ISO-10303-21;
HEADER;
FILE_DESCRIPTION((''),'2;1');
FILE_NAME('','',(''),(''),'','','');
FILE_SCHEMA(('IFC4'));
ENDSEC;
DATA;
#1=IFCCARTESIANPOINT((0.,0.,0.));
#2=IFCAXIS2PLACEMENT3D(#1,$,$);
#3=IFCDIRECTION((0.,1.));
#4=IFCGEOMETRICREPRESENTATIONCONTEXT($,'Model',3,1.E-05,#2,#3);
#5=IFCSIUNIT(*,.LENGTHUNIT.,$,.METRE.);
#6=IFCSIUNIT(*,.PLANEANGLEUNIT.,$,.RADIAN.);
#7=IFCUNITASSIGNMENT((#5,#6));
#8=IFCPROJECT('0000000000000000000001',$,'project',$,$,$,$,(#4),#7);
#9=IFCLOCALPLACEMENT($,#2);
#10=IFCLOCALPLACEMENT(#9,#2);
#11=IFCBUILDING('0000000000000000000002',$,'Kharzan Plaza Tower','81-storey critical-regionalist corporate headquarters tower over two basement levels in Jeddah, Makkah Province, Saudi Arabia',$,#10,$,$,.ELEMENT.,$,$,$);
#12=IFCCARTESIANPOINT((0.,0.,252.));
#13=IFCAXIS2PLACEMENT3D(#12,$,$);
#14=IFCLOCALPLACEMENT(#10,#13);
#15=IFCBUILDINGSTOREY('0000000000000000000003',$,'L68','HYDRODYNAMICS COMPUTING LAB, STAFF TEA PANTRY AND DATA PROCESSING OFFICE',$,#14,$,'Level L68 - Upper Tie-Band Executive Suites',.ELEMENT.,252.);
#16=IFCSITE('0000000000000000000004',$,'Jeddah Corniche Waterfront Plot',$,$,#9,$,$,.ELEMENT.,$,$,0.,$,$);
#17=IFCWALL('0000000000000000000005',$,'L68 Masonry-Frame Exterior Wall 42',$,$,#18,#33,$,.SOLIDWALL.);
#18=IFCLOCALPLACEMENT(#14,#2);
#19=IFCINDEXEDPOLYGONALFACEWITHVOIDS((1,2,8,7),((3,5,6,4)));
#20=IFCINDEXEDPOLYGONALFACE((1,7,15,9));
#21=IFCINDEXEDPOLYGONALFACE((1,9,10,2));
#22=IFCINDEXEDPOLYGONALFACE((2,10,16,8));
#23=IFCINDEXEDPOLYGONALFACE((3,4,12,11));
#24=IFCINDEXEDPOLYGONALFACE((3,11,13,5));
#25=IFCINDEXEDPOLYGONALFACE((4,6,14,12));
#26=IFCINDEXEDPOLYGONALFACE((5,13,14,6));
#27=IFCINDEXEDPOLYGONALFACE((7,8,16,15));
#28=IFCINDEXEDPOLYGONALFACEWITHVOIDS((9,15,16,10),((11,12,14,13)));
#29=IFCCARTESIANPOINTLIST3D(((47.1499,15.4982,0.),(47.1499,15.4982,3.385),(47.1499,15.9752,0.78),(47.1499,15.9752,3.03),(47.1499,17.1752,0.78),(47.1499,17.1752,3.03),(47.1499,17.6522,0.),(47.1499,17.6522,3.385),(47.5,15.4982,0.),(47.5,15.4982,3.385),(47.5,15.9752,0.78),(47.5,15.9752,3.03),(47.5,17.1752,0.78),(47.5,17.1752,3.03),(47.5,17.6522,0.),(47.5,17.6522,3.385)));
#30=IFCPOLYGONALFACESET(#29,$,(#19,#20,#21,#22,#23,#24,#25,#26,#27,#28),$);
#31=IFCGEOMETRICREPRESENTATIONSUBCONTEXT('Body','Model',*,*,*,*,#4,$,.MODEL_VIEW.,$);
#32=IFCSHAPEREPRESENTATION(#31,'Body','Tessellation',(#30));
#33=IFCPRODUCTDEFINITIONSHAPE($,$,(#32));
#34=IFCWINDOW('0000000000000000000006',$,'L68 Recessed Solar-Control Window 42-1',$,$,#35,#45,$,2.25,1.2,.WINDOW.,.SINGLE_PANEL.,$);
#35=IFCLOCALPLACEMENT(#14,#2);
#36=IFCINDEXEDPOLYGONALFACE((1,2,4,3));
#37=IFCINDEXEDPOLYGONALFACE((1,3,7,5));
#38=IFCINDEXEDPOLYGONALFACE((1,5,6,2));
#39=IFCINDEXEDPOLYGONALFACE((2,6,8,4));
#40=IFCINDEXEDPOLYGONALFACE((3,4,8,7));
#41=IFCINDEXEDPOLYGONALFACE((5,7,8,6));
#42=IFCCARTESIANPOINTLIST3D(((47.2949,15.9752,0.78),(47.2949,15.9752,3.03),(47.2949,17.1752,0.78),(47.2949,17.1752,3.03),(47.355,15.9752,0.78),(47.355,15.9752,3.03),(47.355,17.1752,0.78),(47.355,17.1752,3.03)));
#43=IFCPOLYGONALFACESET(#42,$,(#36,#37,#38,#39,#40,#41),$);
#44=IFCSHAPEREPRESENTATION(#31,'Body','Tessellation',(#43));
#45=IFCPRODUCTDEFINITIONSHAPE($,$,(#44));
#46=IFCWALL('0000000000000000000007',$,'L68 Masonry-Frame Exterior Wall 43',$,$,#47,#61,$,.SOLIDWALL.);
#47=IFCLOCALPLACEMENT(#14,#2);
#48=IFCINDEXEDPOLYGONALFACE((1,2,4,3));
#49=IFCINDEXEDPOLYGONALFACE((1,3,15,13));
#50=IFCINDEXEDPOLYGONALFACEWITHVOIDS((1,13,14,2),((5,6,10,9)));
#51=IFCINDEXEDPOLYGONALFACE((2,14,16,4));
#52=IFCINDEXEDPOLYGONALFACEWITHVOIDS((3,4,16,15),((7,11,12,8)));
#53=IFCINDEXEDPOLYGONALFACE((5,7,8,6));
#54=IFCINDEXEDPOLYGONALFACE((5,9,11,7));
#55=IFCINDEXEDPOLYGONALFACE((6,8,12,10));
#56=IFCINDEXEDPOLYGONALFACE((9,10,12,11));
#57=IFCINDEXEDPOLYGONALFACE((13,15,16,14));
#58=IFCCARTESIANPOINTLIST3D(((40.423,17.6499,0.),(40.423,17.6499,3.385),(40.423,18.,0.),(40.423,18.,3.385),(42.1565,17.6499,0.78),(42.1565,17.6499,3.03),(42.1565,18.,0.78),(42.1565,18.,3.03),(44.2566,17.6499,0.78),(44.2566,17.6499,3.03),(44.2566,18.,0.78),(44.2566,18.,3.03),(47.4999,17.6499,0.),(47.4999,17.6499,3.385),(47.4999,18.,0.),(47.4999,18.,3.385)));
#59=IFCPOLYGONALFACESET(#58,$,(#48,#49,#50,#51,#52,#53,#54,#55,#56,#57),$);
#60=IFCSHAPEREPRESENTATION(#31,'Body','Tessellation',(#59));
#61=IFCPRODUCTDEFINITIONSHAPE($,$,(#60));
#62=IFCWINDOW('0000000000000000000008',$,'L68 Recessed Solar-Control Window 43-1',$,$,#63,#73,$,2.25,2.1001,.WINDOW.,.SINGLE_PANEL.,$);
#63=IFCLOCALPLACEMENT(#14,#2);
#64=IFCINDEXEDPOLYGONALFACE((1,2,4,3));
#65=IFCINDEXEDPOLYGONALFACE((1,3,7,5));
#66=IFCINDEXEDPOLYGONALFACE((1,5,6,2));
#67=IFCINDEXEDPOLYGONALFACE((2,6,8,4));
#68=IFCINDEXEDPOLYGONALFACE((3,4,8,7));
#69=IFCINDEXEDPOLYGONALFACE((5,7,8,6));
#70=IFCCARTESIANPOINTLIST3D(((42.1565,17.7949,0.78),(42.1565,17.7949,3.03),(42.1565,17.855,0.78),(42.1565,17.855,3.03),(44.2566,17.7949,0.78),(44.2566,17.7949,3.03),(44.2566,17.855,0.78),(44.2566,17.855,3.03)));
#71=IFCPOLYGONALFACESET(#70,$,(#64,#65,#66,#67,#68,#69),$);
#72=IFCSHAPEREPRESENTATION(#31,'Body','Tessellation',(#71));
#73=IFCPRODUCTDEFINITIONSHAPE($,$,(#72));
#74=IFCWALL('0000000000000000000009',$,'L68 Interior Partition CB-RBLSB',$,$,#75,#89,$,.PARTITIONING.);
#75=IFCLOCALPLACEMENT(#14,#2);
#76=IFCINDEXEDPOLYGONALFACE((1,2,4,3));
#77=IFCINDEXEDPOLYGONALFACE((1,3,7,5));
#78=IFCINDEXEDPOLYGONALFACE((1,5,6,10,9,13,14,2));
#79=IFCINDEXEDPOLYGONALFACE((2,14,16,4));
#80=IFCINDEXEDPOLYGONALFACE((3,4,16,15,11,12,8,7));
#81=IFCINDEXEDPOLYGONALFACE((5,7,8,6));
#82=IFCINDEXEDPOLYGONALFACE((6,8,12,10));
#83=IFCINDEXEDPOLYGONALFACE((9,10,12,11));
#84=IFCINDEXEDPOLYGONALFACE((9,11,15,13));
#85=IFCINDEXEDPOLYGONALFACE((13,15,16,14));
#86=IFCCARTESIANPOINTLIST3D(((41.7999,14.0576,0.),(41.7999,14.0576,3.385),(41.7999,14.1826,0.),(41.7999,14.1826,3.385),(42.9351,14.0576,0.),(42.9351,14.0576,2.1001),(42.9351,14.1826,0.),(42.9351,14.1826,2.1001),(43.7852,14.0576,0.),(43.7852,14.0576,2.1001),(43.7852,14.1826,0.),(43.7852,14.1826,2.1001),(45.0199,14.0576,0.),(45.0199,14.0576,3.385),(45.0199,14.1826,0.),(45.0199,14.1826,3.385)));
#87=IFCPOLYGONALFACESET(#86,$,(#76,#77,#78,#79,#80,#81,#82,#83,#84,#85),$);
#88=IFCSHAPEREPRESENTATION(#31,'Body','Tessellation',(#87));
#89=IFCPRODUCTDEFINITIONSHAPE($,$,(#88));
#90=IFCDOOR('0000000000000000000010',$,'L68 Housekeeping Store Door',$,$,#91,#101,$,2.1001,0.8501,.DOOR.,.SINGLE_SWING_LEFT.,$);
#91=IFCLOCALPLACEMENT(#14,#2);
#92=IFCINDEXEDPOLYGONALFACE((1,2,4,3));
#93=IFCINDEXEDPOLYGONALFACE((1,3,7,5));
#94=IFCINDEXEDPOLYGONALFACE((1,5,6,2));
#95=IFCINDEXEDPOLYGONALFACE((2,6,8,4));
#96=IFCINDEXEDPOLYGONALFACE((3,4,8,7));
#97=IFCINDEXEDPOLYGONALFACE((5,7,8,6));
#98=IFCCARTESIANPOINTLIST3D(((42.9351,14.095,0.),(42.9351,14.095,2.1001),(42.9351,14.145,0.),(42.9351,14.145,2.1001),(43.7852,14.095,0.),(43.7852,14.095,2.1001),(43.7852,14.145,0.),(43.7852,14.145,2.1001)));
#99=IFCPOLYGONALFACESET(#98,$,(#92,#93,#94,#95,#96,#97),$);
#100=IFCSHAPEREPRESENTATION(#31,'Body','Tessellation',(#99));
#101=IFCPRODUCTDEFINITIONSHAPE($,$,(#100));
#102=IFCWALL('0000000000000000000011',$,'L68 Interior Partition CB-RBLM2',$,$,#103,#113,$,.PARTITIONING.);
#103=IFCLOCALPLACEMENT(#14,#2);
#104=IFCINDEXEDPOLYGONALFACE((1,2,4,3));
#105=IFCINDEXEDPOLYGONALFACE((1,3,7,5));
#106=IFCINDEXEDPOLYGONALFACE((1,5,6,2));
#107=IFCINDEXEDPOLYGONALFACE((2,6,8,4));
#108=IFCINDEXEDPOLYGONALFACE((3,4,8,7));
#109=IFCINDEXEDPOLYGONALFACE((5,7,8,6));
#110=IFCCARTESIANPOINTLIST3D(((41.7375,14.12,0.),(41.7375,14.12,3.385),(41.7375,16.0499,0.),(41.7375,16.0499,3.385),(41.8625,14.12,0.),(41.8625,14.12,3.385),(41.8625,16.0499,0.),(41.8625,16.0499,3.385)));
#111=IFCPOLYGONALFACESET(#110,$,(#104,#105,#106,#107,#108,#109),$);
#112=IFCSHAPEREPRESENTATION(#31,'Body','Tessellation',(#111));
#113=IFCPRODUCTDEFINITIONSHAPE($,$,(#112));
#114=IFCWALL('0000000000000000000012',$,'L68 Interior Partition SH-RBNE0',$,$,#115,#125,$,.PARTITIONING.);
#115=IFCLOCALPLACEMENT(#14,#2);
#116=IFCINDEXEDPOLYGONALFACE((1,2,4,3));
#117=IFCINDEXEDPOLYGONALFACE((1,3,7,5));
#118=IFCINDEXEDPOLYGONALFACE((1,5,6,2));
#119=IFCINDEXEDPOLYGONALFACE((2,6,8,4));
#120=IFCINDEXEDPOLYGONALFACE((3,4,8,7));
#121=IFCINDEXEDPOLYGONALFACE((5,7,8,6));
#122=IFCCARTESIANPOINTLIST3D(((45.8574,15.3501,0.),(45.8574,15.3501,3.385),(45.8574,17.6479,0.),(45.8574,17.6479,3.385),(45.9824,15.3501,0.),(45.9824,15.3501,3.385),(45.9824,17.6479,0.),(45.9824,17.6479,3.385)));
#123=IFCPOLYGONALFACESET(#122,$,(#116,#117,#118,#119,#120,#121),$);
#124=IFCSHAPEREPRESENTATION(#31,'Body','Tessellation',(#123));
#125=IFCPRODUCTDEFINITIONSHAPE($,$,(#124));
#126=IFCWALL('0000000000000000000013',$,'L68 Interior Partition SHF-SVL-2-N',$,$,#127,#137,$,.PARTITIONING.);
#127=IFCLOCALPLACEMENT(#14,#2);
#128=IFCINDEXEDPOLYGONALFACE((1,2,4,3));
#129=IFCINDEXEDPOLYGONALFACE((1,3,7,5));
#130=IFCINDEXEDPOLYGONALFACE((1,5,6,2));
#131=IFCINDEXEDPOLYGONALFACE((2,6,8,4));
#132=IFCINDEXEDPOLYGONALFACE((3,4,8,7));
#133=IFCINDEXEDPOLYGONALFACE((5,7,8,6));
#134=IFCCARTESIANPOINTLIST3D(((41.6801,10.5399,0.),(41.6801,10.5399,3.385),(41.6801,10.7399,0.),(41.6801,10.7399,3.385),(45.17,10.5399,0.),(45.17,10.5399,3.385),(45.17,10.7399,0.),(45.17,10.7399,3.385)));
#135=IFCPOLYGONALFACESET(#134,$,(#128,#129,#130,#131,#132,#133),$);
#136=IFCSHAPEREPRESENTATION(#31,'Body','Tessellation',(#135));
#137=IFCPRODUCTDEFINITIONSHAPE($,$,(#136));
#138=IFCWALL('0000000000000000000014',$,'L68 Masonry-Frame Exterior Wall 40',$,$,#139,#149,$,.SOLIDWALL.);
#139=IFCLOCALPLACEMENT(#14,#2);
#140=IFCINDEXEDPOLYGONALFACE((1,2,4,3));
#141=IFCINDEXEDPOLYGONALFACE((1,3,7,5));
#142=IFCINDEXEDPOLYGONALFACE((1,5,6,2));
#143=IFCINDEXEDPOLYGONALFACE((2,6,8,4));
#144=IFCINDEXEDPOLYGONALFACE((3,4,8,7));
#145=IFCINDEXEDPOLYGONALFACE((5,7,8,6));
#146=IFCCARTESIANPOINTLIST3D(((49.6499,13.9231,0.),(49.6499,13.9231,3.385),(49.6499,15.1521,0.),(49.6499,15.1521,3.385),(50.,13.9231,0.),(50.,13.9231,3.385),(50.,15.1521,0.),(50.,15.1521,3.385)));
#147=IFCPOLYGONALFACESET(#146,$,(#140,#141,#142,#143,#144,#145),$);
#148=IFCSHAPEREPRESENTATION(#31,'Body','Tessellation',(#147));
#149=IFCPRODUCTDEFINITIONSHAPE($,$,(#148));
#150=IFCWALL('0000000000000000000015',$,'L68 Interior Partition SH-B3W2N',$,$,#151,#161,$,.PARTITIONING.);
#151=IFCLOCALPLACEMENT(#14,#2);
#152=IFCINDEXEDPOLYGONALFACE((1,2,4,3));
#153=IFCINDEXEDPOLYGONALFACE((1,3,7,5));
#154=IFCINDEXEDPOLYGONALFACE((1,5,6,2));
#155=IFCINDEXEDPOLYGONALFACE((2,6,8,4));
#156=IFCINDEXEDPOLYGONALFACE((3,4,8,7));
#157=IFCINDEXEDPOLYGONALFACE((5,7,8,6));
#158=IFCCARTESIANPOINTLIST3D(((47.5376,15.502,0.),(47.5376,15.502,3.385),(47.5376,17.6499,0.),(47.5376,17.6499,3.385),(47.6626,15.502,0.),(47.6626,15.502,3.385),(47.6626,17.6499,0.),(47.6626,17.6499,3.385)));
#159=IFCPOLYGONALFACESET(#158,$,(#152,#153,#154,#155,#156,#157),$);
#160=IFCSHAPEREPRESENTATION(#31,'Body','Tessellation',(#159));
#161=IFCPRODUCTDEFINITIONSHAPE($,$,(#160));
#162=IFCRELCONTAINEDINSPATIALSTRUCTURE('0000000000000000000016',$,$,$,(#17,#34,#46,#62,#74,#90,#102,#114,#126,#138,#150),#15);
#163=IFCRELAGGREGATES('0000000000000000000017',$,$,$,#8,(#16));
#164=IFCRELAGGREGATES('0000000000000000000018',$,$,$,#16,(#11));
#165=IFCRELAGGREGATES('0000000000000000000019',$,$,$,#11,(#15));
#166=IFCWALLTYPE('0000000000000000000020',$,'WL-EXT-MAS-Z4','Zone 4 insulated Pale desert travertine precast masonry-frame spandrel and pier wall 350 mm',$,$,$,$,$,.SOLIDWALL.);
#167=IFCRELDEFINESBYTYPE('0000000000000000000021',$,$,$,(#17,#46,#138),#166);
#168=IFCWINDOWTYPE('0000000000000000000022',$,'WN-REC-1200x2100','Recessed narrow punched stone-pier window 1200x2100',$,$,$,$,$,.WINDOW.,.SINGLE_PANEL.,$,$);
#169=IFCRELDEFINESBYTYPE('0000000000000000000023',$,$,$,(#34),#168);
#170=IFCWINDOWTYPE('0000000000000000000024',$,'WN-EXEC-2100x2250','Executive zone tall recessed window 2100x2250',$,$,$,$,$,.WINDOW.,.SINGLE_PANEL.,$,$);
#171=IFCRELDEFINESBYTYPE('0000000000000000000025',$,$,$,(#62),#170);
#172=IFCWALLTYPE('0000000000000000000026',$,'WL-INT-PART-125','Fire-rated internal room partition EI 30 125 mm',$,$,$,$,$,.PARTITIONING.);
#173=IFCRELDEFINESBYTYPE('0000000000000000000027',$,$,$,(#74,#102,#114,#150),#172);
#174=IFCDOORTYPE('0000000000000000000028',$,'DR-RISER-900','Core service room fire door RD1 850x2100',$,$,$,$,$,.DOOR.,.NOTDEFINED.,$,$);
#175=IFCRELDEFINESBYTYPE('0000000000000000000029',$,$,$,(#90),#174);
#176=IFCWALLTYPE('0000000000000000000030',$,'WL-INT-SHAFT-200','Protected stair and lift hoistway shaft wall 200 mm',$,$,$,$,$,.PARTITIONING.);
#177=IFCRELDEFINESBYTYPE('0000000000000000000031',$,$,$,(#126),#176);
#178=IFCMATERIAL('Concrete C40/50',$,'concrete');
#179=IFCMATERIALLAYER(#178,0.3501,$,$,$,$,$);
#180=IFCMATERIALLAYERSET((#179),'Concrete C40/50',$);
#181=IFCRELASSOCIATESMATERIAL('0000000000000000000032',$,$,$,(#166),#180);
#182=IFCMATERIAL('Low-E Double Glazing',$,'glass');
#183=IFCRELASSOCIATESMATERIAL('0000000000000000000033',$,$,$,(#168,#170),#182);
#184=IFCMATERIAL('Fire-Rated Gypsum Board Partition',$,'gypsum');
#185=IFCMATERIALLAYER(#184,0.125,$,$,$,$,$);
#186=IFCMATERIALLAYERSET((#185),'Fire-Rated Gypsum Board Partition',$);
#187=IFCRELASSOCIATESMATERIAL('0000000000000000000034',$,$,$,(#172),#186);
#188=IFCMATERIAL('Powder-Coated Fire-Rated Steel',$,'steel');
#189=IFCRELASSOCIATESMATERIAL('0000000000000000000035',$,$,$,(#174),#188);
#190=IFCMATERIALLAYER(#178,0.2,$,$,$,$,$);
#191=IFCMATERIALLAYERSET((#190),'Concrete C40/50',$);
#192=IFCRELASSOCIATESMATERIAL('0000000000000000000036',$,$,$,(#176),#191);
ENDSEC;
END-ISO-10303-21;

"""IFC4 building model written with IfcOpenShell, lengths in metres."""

from ifc_helpers import new_model, si_unit, direction, frame, frame_2d, origin, place, context, subcontext, project, spatial, rectangle, extrude, source, transform, mapped, material, layer, layer_set, type_object, element, fill, save


model = new_model("IFC4")

# Units and contexts
model_context = context("Model", 3, precision=1e-05, world=origin(), true_north=direction((0.0, 1.0)))
body_context = subcontext(model_context, "Body", "Model", "MODEL_VIEW")
ifc_project = project(units=[si_unit("LENGTHUNIT", "METRE"), si_unit("PLANEANGLEUNIT", "RADIAN")], contexts=[model_context])

# Site, building, storey
site_placement = place(None, origin())
site = spatial("IfcSite", under=ifc_project, at=site_placement, Name="Jeddah Corniche Waterfront Plot", CompositionType="ELEMENT", RefElevation=0.0)
building_placement = place(site_placement, origin())
building = spatial("IfcBuilding", under=site, at=building_placement, Name="Kharzan Plaza Tower", Description="81-storey critical-regionalist corporate headquarters tower over two basement levels in Jeddah, Makkah Province, Saudi Arabia", CompositionType="ELEMENT")
storey_placement = place(building_placement, frame((0.0, 0.0, 252.0)))
storey = spatial("IfcBuildingStorey", under=building, at=storey_placement, Name="L68", Description="HYDRODYNAMICS COMPUTING LAB, STAFF TEA PANTRY AND DATA PROCESSING OFFICE", LongName="Level L68 - Upper Tie-Band Executive Suites", CompositionType="ELEMENT", Elevation=252.0)

# Walls, openings, windows
ifc_material_1 = material(Name="Concrete C40/50", Category="concrete")
ifc_layer_1 = layer(ifc_material_1, 0.3501)
ifc_layer_set_1 = layer_set([ifc_layer_1], Name="Concrete C40/50")
wall_type_1 = type_object("IfcWallType", Name="WL-EXT-MAS-Z4", Description="Zone 4 insulated Pale desert travertine precast masonry-frame spandrel and pier wall 350 mm", PredefinedType="SOLIDWALL", material=ifc_layer_set_1)
ifc_material_2 = material(Name="Low-E Double Glazing", Category="glass")
window_type_1 = type_object("IfcWindowType", Name="WN-REC-1200x2100", Description="Recessed narrow punched stone-pier window 1200x2100", PartitioningType="SINGLE_PANEL", PredefinedType="WINDOW", material=ifc_material_2)
shared_shape_1 = source(origin(), body_context, "Body", "SweptSolid", [
    extrude(rectangle(XDim=1.2, YDim=2.25, at=frame_2d((0.6001, 1.125))), frame((0.0, 0.03, 0.0), z_axis=(0.0, -1.0, 0.0), x_axis=(1.0, 0.0, 0.0)), (0.0, 0.0, 1.0), 0.0601),
])
wall_1_placement = place(storey_placement, frame((47.325, 15.498, 0.0), z_axis=(0.0, 0.0, 1.0), x_axis=(0.0, 1.0, 0.0)))
wall_1 = element("IfcWall", 1, at=wall_1_placement, inside=storey, type_object=wall_type_1, Name="L68 Masonry-Frame Exterior Wall 42", PredefinedType="SOLIDWALL", context=body_context, shape_type="SweptSolid", body=[
    extrude(rectangle(XDim=2.1541, YDim=0.3501, at=frame_2d((1.0771, 0.0))), origin(), (0.0, 0.0, 1.0), 3.385),
])
opening_1_placement = place(wall_1_placement, frame((0.4771, 0.0, 0.78)))
opening_1 = element("IfcOpeningElement", 2, at=opening_1_placement, cuts=wall_1, PredefinedType="OPENING", context=body_context, shape_type="SweptSolid", body=[
    extrude(rectangle(XDim=1.2, YDim=2.25, at=frame_2d((0.6001, 1.125))), frame((0.0, 0.1851, 0.0), z_axis=(0.0, -1.0, 0.0), x_axis=(1.0, 0.0, 0.0)), (0.0, 0.0, 1.0), 0.3701),
])
window_1_placement = place(opening_1_placement, origin())
window_1 = element("IfcWindow", 3, at=window_1_placement, inside=storey, type_object=window_type_1, Name="L68 Recessed Solar-Control Window 42-1", OverallHeight=2.25, OverallWidth=1.2, PartitioningType="SINGLE_PANEL", PredefinedType="WINDOW", context=body_context, shape_type="MappedRepresentation", body=[
    mapped(shared_shape_1, transform((0.0, 0.0, 0.0), x_axis=(1.0, 0.0, 0.0), y_axis=(0.0, 1.0, 0.0), z_axis=(0.0, 0.0, 1.0))),
])
fill(opening_1, window_1)
wall_2_placement = place(storey_placement, frame((47.5, 17.825, 0.0), z_axis=(0.0, 0.0, 1.0), x_axis=(-1.0, 0.0, 0.0)))
wall_2 = element("IfcWall", 4, at=wall_2_placement, inside=storey, type_object=wall_type_1, Name="L68 Masonry-Frame Exterior Wall 43", PredefinedType="SOLIDWALL", context=body_context, shape_type="SweptSolid", body=[
    extrude(rectangle(XDim=7.0769, YDim=0.3501, at=frame_2d((3.5386, 0.0))), origin(), (0.0, 0.0, 1.0), 3.385),
])
opening_2_placement = place(wall_2_placement, frame((3.2434, 0.0, 0.78)))
opening_2 = element("IfcOpeningElement", 5, at=opening_2_placement, cuts=wall_2, PredefinedType="OPENING", context=body_context, shape_type="SweptSolid", body=[
    extrude(rectangle(XDim=2.1001, YDim=2.25, at=frame_2d((1.05, 1.125))), frame((0.0, 0.1851, 0.0), z_axis=(0.0, -1.0, 0.0), x_axis=(1.0, 0.0, 0.0)), (0.0, 0.0, 1.0), 0.3701),
])
window_type_2 = type_object("IfcWindowType", Name="WN-EXEC-2100x2250", Description="Executive zone tall recessed window 2100x2250", PartitioningType="SINGLE_PANEL", PredefinedType="WINDOW", material=ifc_material_2)
shared_shape_2 = source(origin(), body_context, "Body", "SweptSolid", [
    extrude(rectangle(XDim=2.1001, YDim=2.25, at=frame_2d((1.05, 1.125))), frame((0.0, 0.03, 0.0), z_axis=(0.0, -1.0, 0.0), x_axis=(1.0, 0.0, 0.0)), (0.0, 0.0, 1.0), 0.0601),
])
window_2_placement = place(opening_2_placement, origin())
window_2 = element("IfcWindow", 6, at=window_2_placement, inside=storey, type_object=window_type_2, Name="L68 Recessed Solar-Control Window 43-1", OverallHeight=2.25, OverallWidth=2.1001, PartitioningType="SINGLE_PANEL", PredefinedType="WINDOW", context=body_context, shape_type="MappedRepresentation", body=[
    mapped(shared_shape_2, transform((0.0, 0.0, 0.0), x_axis=(1.0, 0.0, 0.0), y_axis=(0.0, 1.0, 0.0), z_axis=(0.0, 0.0, 1.0))),
])
fill(opening_2, window_2)

# Wall, opening, door
ifc_material_3 = material(Name="Fire-Rated Gypsum Board Partition", Category="gypsum")
ifc_layer_2 = layer(ifc_material_3, 0.125)
ifc_layer_set_2 = layer_set([ifc_layer_2], Name="Fire-Rated Gypsum Board Partition")
wall_type_2 = type_object("IfcWallType", Name="WL-INT-PART-125", Description="Fire-rated internal room partition EI 30 125 mm", PredefinedType="PARTITIONING", material=ifc_layer_set_2)
wall_3_placement = place(storey_placement, frame((41.8, 14.1201, 0.0), z_axis=(0.0, 0.0, 1.0), x_axis=(1.0, 0.0, 0.0)))
wall_3 = element("IfcWall", 7, at=wall_3_placement, inside=storey, type_object=wall_type_2, Name="L68 Interior Partition CB-RBLSB", PredefinedType="PARTITIONING", context=body_context, shape_type="SweptSolid", body=[
    extrude(rectangle(XDim=3.22, YDim=0.125, at=frame_2d((1.6099, 0.0))), origin(), (0.0, 0.0, 1.0), 3.385),
])
opening_3_placement = place(wall_3_placement, frame((1.135, 0.0, 0.0)))
opening_3 = element("IfcOpeningElement", 8, at=opening_3_placement, cuts=wall_3, PredefinedType="OPENING", context=body_context, shape_type="SweptSolid", body=[
    extrude(rectangle(XDim=0.8501, YDim=2.1001, at=frame_2d((0.425, 1.05))), frame((0.0, 0.0725, 0.0), z_axis=(0.0, -1.0, 0.0), x_axis=(1.0, 0.0, 0.0)), (0.0, 0.0, 1.0), 0.145),
])
ifc_material_4 = material(Name="Powder-Coated Fire-Rated Steel", Category="steel")
door_type_1 = type_object("IfcDoorType", Name="DR-RISER-900", Description="Core service room fire door RD1 850x2100", OperationType="NOTDEFINED", PredefinedType="DOOR", material=ifc_material_4)
shared_shape_3 = source(origin(), body_context, "Body", "SweptSolid", [
    extrude(rectangle(XDim=0.8501, YDim=2.1001, at=frame_2d((0.425, 1.05))), frame((0.0, 0.0249, 0.0), z_axis=(0.0, -1.0, 0.0), x_axis=(1.0, 0.0, 0.0)), (0.0, 0.0, 1.0), 0.05),
])
door_1_placement = place(opening_3_placement, origin())
door_1 = element("IfcDoor", 9, at=door_1_placement, inside=storey, type_object=door_type_1, Name="L68 Housekeeping Store Door", OperationType="SINGLE_SWING_LEFT", OverallHeight=2.1001, OverallWidth=0.8501, PredefinedType="DOOR", context=body_context, shape_type="MappedRepresentation", body=[
    mapped(shared_shape_3, transform((0.0, 0.0, 0.0), x_axis=(1.0, 0.0, 0.0), y_axis=(0.0, 1.0, 0.0), z_axis=(0.0, 0.0, 1.0))),
])
fill(opening_3, door_1)

# Walls
shared_shape_4 = source(origin(), body_context, "Body", "SweptSolid", [
    extrude(rectangle(XDim=1.9299, YDim=0.125, at=frame_2d((0.9648, 0.0))), origin(), (0.0, 0.0, 1.0), 3.385),
])
wall_4_placement = place(storey_placement, frame((41.8, 14.1201, 0.0), z_axis=(0.0, 0.0, 1.0), x_axis=(0.0, 1.0, 0.0)))
element("IfcWall", 10, at=wall_4_placement, inside=storey, type_object=wall_type_2, Name="L68 Interior Partition CB-RBLM2", PredefinedType="PARTITIONING", context=body_context, shape_type="MappedRepresentation", body=[
    mapped(shared_shape_4, transform((0.0, 0.0, 0.0), x_axis=(1.0, 0.0, 0.0), y_axis=(0.0, 1.0, 0.0), z_axis=(0.0, 0.0, 1.0))),
])
shared_shape_5 = source(origin(), body_context, "Body", "SweptSolid", [
    extrude(rectangle(XDim=2.2979, YDim=0.125, at=frame_2d((1.1489, 0.0))), origin(), (0.0, 0.0, 1.0), 3.385),
])
wall_5_placement = place(storey_placement, frame((45.9199, 15.3501, 0.0), z_axis=(0.0, 0.0, 1.0), x_axis=(0.0, 1.0, 0.0)))
element("IfcWall", 11, at=wall_5_placement, inside=storey, type_object=wall_type_2, Name="L68 Interior Partition SH-RBNE0", PredefinedType="PARTITIONING", context=body_context, shape_type="MappedRepresentation", body=[
    mapped(shared_shape_5, transform((0.0, 0.0, 0.0), x_axis=(1.0, 0.0, 0.0), y_axis=(0.0, 1.0, 0.0), z_axis=(0.0, 0.0, 1.0))),
])
ifc_layer_3 = layer(ifc_material_1, 0.2)
ifc_layer_set_3 = layer_set([ifc_layer_3], Name="Concrete C40/50")
wall_type_3 = type_object("IfcWallType", Name="WL-INT-SHAFT-200", Description="Protected stair and lift hoistway shaft wall 200 mm", PredefinedType="PARTITIONING", material=ifc_layer_set_3)
shared_shape_6 = source(origin(), body_context, "Body", "SweptSolid", [
    extrude(rectangle(XDim=3.49, YDim=0.2, at=frame_2d((1.7451, 0.0))), origin(), (0.0, 0.0, 1.0), 3.385),
])
wall_6_placement = place(storey_placement, frame((41.6799, 10.6399, 0.0), z_axis=(0.0, 0.0, 1.0), x_axis=(1.0, 0.0, 0.0)))
element("IfcWall", 12, at=wall_6_placement, inside=storey, type_object=wall_type_3, Name="L68 Interior Partition SHF-SVL-2-N", PredefinedType="PARTITIONING", context=body_context, shape_type="MappedRepresentation", body=[
    mapped(shared_shape_6, transform((0.0, 0.0, 0.0), x_axis=(1.0, 0.0, 0.0), y_axis=(0.0, 1.0, 0.0), z_axis=(0.0, 0.0, 1.0))),
])
shared_shape_7 = source(origin(), body_context, "Body", "SweptSolid", [
    extrude(rectangle(XDim=1.229, YDim=0.3501, at=frame_2d((0.6145, 0.0))), origin(), (0.0, 0.0, 1.0), 3.385),
])
wall_7_placement = place(storey_placement, frame((49.825, 13.9231, 0.0), z_axis=(0.0, 0.0, 1.0), x_axis=(0.0, 1.0, 0.0)))
element("IfcWall", 13, at=wall_7_placement, inside=storey, type_object=wall_type_1, Name="L68 Masonry-Frame Exterior Wall 40", PredefinedType="SOLIDWALL", context=body_context, shape_type="MappedRepresentation", body=[
    mapped(shared_shape_7, transform((0.0, 0.0, 0.0), x_axis=(1.0, 0.0, 0.0), y_axis=(0.0, 1.0, 0.0), z_axis=(0.0, 0.0, 1.0))),
])
shared_shape_8 = source(origin(), body_context, "Body", "SweptSolid", [
    extrude(rectangle(XDim=2.1479, YDim=0.125, at=frame_2d((1.074, 0.0))), origin(), (0.0, 0.0, 1.0), 3.385),
])
wall_8_placement = place(storey_placement, frame((47.6001, 15.502, 0.0), z_axis=(0.0, 0.0, 1.0), x_axis=(0.0, 1.0, 0.0)))
element("IfcWall", 14, at=wall_8_placement, inside=storey, type_object=wall_type_2, Name="L68 Interior Partition SH-B3W2N", PredefinedType="PARTITIONING", context=body_context, shape_type="MappedRepresentation", body=[
    mapped(shared_shape_8, transform((0.0, 0.0, 0.0), x_axis=(1.0, 0.0, 0.0), y_axis=(0.0, 1.0, 0.0), z_axis=(0.0, 0.0, 1.0))),
])

save(model, "model.ifc")
